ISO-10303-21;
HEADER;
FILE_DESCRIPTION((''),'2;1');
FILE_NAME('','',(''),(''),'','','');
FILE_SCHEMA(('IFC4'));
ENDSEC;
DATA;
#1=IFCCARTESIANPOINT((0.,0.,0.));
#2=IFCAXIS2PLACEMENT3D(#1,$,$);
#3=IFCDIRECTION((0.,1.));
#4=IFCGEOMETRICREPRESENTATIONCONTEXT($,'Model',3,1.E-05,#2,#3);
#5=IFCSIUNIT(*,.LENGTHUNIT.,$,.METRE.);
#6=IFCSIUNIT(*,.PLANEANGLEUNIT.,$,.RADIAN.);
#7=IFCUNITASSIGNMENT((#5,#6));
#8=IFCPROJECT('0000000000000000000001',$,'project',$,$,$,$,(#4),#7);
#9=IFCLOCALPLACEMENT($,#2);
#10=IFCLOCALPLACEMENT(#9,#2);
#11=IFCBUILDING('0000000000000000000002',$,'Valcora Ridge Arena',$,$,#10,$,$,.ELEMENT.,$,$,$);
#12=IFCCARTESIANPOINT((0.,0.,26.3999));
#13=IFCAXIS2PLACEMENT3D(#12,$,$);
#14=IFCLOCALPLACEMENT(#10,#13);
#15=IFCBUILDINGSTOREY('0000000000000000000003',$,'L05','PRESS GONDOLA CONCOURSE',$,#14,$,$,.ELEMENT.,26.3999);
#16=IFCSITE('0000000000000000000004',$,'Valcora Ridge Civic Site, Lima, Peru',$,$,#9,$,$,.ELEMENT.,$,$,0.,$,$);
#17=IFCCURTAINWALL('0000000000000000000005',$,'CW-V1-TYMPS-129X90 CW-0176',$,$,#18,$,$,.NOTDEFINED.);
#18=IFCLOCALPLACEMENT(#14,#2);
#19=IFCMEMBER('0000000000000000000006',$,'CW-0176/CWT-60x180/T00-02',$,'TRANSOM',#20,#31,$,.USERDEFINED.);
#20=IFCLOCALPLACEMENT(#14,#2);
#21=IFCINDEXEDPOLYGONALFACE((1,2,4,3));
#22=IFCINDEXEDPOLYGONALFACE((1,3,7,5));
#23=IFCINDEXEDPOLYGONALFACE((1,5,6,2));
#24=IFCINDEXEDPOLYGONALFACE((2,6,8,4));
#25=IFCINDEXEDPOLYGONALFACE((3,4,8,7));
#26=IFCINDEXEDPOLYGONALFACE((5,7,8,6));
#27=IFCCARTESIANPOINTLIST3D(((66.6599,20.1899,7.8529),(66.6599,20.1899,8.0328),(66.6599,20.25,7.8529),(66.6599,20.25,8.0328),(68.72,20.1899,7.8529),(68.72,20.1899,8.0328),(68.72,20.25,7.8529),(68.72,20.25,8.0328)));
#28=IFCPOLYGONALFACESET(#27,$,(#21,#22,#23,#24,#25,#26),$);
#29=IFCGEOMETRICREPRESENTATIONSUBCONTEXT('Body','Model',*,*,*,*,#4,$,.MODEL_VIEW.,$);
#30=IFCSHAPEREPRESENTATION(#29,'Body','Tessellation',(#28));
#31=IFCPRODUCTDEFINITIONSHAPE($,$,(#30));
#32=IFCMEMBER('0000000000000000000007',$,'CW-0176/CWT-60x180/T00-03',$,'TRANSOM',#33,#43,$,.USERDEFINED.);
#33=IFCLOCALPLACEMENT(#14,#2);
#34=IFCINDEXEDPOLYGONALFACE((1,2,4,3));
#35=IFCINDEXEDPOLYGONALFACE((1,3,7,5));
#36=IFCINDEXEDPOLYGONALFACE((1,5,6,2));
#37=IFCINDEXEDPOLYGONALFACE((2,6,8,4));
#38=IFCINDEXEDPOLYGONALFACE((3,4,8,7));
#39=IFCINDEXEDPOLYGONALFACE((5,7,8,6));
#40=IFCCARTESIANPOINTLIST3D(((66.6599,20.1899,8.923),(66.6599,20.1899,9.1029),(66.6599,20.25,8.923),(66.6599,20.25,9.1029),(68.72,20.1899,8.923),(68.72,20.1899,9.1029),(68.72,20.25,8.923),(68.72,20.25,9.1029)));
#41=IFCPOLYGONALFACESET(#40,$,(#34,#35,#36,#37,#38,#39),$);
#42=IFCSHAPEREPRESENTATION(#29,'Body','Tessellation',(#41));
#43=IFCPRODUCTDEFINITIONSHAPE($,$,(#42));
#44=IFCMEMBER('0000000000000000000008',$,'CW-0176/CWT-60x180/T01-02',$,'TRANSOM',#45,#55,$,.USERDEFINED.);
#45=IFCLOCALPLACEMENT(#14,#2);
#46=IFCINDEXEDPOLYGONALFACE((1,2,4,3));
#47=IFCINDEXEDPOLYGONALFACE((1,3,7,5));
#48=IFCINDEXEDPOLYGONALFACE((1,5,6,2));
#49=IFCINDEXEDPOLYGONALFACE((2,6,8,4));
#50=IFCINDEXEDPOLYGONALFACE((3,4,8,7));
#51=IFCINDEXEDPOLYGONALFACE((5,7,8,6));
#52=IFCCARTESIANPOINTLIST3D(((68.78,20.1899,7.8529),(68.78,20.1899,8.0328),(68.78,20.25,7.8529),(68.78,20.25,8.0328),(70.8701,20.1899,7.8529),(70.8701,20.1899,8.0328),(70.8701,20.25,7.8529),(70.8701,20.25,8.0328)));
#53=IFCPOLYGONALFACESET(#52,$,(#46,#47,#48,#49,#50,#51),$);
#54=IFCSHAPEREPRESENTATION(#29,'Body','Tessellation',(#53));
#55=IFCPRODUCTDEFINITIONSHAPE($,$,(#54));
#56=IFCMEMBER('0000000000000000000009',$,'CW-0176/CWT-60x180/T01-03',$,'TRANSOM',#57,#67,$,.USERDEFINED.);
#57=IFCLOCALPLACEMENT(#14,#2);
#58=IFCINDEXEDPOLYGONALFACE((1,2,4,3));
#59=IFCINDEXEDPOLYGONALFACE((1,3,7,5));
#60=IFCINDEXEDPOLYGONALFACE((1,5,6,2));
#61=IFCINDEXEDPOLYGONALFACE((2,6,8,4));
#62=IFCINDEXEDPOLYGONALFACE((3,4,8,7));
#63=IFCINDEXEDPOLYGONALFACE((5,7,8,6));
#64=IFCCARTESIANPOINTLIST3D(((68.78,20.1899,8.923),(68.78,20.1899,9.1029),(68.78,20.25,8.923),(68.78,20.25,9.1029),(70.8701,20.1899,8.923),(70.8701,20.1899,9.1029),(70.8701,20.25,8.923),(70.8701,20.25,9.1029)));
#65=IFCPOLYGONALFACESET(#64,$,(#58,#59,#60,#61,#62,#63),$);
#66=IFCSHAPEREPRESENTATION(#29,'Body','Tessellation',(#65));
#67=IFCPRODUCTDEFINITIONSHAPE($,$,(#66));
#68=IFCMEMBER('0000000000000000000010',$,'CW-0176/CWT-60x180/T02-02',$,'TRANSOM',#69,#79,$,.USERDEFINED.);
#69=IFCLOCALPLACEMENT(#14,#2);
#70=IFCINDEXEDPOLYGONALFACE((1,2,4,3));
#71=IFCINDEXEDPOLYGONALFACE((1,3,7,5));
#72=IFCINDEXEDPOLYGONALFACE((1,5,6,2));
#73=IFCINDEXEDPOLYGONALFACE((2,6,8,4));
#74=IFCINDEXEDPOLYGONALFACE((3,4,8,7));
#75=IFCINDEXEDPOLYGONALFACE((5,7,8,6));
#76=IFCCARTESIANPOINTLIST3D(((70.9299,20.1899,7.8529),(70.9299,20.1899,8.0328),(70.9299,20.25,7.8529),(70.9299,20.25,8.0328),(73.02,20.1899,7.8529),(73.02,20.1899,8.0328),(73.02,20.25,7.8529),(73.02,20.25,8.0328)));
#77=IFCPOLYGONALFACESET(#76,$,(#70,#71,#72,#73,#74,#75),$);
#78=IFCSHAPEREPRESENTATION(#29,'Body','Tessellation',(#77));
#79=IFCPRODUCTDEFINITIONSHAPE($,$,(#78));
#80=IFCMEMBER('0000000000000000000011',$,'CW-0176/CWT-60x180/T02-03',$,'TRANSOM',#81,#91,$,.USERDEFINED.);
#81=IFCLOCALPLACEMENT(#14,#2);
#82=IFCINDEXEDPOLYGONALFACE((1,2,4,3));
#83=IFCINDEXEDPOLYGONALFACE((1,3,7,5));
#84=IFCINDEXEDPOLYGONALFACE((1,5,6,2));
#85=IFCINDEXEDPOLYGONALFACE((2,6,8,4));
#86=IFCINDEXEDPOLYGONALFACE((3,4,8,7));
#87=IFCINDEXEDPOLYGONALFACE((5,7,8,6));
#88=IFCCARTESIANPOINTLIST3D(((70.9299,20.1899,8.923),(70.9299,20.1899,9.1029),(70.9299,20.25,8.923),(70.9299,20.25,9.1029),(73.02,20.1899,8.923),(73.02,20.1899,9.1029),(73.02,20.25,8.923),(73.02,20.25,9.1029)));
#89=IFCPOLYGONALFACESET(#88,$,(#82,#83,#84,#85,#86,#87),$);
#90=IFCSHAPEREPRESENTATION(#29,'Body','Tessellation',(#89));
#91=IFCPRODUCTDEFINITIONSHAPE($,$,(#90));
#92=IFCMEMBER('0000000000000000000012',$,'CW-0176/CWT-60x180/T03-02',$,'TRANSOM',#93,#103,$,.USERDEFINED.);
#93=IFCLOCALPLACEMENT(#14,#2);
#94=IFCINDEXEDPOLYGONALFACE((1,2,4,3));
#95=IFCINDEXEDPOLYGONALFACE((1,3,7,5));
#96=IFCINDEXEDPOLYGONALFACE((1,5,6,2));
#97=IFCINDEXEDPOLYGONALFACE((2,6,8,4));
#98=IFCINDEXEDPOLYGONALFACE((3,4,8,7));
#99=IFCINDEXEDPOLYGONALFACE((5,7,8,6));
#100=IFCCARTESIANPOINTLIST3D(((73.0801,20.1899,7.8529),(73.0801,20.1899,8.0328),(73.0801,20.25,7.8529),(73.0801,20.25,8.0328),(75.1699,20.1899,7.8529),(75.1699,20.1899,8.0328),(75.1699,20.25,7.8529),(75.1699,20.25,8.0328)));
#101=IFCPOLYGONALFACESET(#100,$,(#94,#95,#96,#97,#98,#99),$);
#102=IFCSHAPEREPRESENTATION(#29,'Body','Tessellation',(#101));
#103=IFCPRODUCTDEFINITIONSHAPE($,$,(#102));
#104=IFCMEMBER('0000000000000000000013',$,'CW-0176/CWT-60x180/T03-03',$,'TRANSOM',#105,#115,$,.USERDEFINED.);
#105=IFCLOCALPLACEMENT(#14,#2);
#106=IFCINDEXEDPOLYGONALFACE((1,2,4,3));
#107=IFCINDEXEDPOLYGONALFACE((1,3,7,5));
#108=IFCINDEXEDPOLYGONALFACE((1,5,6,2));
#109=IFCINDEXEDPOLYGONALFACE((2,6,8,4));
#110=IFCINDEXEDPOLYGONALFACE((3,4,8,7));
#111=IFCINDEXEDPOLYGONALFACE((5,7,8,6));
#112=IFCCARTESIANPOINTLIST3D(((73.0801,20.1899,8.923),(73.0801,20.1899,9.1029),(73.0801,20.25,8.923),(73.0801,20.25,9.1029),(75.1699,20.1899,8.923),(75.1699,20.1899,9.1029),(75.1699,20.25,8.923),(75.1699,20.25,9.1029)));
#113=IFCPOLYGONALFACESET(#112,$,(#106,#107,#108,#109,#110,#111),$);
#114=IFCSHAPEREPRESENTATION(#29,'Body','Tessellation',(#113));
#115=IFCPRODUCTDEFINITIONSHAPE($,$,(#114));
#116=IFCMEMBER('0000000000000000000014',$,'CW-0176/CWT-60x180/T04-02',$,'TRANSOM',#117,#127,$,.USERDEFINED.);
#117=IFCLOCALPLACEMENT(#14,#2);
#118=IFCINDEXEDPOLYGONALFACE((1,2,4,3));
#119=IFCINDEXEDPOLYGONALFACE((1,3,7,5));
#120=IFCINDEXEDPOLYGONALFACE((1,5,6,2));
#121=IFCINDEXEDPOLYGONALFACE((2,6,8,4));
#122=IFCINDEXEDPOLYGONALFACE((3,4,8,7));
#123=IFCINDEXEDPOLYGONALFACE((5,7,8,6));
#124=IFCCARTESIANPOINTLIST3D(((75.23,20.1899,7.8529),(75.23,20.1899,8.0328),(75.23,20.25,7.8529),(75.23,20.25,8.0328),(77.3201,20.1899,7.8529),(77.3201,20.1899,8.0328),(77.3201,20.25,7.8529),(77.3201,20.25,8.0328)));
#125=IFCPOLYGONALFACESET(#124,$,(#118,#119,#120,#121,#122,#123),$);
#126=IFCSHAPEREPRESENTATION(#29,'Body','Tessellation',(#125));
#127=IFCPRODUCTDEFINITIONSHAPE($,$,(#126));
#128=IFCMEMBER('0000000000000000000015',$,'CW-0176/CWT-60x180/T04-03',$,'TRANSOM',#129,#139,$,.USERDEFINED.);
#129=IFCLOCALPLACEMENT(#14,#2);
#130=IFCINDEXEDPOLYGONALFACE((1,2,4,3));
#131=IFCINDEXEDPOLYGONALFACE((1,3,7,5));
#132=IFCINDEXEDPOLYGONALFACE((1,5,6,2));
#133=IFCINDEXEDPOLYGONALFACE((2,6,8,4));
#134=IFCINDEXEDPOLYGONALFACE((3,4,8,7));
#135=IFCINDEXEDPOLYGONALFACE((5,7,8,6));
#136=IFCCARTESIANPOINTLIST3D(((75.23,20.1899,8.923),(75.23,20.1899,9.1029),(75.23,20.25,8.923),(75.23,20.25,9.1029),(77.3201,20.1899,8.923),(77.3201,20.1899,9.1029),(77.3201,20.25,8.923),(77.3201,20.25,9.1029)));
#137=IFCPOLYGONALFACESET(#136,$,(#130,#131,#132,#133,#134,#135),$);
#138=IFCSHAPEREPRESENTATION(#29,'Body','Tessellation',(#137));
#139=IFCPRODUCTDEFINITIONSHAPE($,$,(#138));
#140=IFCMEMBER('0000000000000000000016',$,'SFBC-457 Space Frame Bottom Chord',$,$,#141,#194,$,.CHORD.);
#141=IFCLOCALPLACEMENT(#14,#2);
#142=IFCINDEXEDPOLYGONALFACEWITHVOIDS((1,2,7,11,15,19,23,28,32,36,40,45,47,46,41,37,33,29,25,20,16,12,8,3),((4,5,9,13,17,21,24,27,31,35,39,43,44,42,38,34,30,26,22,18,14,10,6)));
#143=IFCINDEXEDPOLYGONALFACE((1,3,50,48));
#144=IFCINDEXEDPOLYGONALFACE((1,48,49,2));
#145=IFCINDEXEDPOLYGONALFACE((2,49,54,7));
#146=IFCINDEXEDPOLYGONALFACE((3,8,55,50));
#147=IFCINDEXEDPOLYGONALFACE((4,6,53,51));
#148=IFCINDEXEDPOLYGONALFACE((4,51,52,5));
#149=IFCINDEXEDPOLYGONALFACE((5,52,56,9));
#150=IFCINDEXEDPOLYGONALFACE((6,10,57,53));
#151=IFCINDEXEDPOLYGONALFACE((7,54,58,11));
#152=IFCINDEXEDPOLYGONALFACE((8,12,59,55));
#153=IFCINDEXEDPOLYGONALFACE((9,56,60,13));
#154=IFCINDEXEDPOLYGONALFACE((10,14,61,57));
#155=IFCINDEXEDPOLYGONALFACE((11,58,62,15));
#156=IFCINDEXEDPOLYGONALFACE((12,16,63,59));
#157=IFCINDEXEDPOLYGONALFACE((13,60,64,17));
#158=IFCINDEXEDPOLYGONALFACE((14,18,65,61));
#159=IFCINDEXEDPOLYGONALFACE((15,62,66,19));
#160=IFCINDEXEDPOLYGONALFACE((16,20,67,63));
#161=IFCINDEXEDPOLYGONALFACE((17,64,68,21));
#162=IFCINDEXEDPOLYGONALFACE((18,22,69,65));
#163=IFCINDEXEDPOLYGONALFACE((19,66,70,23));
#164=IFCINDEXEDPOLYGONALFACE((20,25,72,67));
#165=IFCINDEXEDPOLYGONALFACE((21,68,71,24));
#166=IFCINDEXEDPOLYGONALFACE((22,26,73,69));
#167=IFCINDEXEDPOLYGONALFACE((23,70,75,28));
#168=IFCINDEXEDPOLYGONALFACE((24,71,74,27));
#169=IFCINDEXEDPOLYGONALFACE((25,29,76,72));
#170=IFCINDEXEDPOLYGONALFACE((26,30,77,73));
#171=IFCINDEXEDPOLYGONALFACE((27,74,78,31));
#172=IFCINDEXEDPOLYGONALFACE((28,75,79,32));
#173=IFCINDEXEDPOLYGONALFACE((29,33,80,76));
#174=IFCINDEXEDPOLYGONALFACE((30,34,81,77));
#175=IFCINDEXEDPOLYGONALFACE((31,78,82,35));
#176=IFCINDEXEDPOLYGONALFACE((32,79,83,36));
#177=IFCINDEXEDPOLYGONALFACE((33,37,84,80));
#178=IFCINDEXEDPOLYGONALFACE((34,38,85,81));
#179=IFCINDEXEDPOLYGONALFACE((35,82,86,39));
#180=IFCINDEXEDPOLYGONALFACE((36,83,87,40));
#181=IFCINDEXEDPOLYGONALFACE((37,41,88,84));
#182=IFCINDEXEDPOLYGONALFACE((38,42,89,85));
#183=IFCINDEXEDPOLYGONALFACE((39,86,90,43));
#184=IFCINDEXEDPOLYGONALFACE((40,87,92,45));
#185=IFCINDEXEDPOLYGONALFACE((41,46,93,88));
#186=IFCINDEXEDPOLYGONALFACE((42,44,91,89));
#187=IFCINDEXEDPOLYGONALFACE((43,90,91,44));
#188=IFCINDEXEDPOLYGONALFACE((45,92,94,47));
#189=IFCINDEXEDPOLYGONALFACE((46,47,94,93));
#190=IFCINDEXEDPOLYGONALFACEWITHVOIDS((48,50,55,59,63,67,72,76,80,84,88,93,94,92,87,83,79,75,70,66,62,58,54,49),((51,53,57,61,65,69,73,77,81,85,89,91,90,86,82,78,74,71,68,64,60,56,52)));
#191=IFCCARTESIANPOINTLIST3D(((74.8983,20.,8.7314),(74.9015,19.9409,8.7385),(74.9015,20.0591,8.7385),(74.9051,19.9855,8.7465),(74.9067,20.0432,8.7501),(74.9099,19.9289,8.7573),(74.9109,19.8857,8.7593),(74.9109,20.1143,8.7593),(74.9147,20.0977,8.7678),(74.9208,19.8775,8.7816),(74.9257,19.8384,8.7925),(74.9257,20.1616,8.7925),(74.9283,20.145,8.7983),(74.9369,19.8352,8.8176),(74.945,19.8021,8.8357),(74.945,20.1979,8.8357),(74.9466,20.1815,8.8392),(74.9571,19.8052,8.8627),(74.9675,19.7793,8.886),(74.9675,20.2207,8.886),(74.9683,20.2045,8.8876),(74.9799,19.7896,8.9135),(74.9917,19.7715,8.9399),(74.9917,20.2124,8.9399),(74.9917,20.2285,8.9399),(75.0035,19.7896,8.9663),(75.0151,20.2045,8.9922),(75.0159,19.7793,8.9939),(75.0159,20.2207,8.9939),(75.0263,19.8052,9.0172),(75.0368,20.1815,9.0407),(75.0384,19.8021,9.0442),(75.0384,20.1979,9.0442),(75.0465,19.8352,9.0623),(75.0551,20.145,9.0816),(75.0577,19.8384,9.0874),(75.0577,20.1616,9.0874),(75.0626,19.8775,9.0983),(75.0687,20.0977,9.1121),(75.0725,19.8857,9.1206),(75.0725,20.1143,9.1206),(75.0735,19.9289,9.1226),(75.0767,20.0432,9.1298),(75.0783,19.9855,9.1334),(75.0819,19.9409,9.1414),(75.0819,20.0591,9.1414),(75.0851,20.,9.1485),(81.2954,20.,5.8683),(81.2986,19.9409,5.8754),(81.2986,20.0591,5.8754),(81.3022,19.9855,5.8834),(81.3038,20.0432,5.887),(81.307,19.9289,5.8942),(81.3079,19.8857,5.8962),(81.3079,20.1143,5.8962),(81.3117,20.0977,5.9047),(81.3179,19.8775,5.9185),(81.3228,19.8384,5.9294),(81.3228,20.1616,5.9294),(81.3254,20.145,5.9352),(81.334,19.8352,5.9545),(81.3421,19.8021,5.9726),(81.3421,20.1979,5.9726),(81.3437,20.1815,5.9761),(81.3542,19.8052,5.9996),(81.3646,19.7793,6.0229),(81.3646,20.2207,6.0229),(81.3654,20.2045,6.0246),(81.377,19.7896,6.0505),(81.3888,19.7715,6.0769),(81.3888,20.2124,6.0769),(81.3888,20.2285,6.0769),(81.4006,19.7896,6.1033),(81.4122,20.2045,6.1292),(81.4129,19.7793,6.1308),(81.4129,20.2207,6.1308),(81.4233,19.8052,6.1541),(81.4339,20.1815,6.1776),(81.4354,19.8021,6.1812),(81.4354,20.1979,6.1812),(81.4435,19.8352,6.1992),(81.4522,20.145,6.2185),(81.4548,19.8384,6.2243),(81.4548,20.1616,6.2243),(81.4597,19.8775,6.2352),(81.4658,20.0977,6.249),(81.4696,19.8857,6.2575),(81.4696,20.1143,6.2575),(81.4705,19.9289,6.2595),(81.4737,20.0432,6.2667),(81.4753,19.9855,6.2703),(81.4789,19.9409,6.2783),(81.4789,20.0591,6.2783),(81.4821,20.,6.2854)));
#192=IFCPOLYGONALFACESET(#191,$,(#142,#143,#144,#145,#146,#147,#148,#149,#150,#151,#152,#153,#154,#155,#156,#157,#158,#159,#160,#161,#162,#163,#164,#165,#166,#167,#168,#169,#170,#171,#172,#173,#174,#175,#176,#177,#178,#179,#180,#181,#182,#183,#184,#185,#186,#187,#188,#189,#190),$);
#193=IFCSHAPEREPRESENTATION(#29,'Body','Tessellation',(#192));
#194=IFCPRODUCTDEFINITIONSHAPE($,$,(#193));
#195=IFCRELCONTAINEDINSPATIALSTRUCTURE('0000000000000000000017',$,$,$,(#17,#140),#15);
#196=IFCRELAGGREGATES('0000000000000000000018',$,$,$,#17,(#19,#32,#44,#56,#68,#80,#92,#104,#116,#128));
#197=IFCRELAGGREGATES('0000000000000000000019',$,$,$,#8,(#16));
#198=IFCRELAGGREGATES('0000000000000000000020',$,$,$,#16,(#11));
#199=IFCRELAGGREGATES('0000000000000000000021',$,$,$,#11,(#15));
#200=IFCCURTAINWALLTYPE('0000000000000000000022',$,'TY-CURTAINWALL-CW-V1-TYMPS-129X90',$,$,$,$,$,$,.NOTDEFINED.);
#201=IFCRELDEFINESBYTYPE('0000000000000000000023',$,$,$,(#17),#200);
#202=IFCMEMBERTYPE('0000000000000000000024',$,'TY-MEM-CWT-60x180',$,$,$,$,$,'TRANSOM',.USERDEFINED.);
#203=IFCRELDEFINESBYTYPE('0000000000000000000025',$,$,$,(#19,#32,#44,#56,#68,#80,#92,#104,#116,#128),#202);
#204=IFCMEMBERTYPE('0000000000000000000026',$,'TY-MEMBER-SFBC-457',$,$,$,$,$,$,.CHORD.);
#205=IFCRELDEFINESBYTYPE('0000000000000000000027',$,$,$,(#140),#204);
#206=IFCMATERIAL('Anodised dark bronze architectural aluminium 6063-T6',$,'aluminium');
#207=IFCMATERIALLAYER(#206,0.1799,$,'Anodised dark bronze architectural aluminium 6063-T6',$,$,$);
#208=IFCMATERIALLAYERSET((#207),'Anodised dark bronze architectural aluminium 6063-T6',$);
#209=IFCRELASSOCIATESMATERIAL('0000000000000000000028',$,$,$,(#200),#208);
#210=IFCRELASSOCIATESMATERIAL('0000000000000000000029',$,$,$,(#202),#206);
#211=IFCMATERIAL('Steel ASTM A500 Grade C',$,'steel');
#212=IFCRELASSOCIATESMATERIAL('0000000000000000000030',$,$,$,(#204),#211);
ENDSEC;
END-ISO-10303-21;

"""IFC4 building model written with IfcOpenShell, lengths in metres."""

from ifc_helpers import new_model, si_unit, direction, frame, origin, origin_2d, place, context, subcontext, project, spatial, rectangle, hollow_circle, extrude, material, layer, layer_set, material_profile, profile_set, type_object, element, aggregate, save


model = new_model("IFC4")

# Units and contexts
model_context = context("Model", 3, precision=1e-05, world=origin(), true_north=direction((0.0, 1.0)))
body_context = subcontext(model_context, "Body", "Model", "MODEL_VIEW")
ifc_project = project(units=[si_unit("LENGTHUNIT", "METRE"), si_unit("PLANEANGLEUNIT", "RADIAN")], contexts=[model_context])

# Site, building, storey
site_placement = place(None, origin())
site = spatial("IfcSite", under=ifc_project, at=site_placement, Name="Valcora Ridge Civic Site, Lima, Peru", CompositionType="ELEMENT", RefElevation=0.0)
building_placement = place(site_placement, origin())
building = spatial("IfcBuilding", under=site, at=building_placement, Name="Valcora Ridge Arena", CompositionType="ELEMENT")
storey_placement = place(building_placement, frame((0.0, 0.0, 26.3999)))
storey = spatial("IfcBuildingStorey", under=building, at=storey_placement, Name="L05", Description="PRESS GONDOLA CONCOURSE", CompositionType="ELEMENT", Elevation=26.3999)

# Curtain wall, members
ifc_material_1 = material(Name="Anodised dark bronze architectural aluminium 6063-T6", Category="aluminium")
ifc_layer_1 = layer(ifc_material_1, 0.1799, Name="Anodised dark bronze architectural aluminium 6063-T6")
ifc_layer_set_1 = layer_set([ifc_layer_1], Name="Anodised dark bronze architectural aluminium 6063-T6")
curtain_wall_type_1 = type_object("IfcCurtainWallType", Name="TY-CURTAINWALL-CW-V1-TYMPS-129X90", PredefinedType="NOTDEFINED", material=ifc_layer_set_1)
curtain_wall_1_placement = place(storey_placement, origin())
curtain_wall_1 = element("IfcCurtainWall", 1, at=curtain_wall_1_placement, inside=storey, type_object=curtain_wall_type_1, Name="CW-V1-TYMPS-129X90 CW-0176", PredefinedType="NOTDEFINED")
ifc_material_profile_1 = material_profile(ifc_material_1, rectangle(XDim=0.0601, YDim=0.1799, at=origin_2d()), Name="ALU TRANSOM 60x180")
ifc_profile_set_1 = profile_set([ifc_material_profile_1], Name="Anodised dark bronze architectural aluminium 6063-T6")
member_type_1 = type_object("IfcMemberType", Name="TY-MEM-CWT-60x180", ElementType="TRANSOM", PredefinedType="USERDEFINED", material=ifc_profile_set_1)
member_1_placement = place(storey_placement, frame((66.6599, 20.22, 7.9429), z_axis=(1.0, 0.0, 0.0), x_axis=(0.0, 1.0, 0.0)))
member_1 = element("IfcMember", 2, at=member_1_placement, type_object=member_type_1, Name="CW-0176/CWT-60x180/T00-02", ObjectType="TRANSOM", PredefinedType="USERDEFINED", context=body_context, shape_type="SweptSolid", body=[
    extrude(rectangle(XDim=0.0601, YDim=0.1799, at=origin_2d()), origin(), (0.0, 0.0, 1.0), 2.0601),
])
member_2_placement = place(storey_placement, frame((66.6599, 20.22, 9.0129), z_axis=(1.0, 0.0, 0.0), x_axis=(0.0, 1.0, 0.0)))
member_2 = element("IfcMember", 3, at=member_2_placement, type_object=member_type_1, Name="CW-0176/CWT-60x180/T00-03", ObjectType="TRANSOM", PredefinedType="USERDEFINED", context=body_context, shape_type="SweptSolid", body=[
    extrude(rectangle(XDim=0.0601, YDim=0.1799, at=origin_2d()), origin(), (0.0, 0.0, 1.0), 2.0601),
])
member_3_placement = place(storey_placement, frame((68.78, 20.22, 7.9429), z_axis=(1.0, 0.0, 0.0), x_axis=(0.0, 1.0, 0.0)))
member_3 = element("IfcMember", 4, at=member_3_placement, type_object=member_type_1, Name="CW-0176/CWT-60x180/T01-02", ObjectType="TRANSOM", PredefinedType="USERDEFINED", context=body_context, shape_type="SweptSolid", body=[
    extrude(rectangle(XDim=0.0601, YDim=0.1799, at=origin_2d()), origin(), (0.0, 0.0, 1.0), 2.0901),
])
member_4_placement = place(storey_placement, frame((68.78, 20.22, 9.0129), z_axis=(1.0, 0.0, 0.0), x_axis=(0.0, 1.0, 0.0)))
member_4 = element("IfcMember", 5, at=member_4_placement, type_object=member_type_1, Name="CW-0176/CWT-60x180/T01-03", ObjectType="TRANSOM", PredefinedType="USERDEFINED", context=body_context, shape_type="SweptSolid", body=[
    extrude(rectangle(XDim=0.0601, YDim=0.1799, at=origin_2d()), origin(), (0.0, 0.0, 1.0), 2.0901),
])
member_5_placement = place(storey_placement, frame((70.9299, 20.22, 7.9429), z_axis=(1.0, 0.0, 0.0), x_axis=(0.0, 1.0, 0.0)))
member_5 = element("IfcMember", 6, at=member_5_placement, type_object=member_type_1, Name="CW-0176/CWT-60x180/T02-02", ObjectType="TRANSOM", PredefinedType="USERDEFINED", context=body_context, shape_type="SweptSolid", body=[
    extrude(rectangle(XDim=0.0601, YDim=0.1799, at=origin_2d()), origin(), (0.0, 0.0, 1.0), 2.0901),
])
member_6_placement = place(storey_placement, frame((70.9299, 20.22, 9.0129), z_axis=(1.0, 0.0, 0.0), x_axis=(0.0, 1.0, 0.0)))
member_6 = element("IfcMember", 7, at=member_6_placement, type_object=member_type_1, Name="CW-0176/CWT-60x180/T02-03", ObjectType="TRANSOM", PredefinedType="USERDEFINED", context=body_context, shape_type="SweptSolid", body=[
    extrude(rectangle(XDim=0.0601, YDim=0.1799, at=origin_2d()), origin(), (0.0, 0.0, 1.0), 2.0901),
])
member_7_placement = place(storey_placement, frame((73.0801, 20.22, 7.9429), z_axis=(1.0, 0.0, 0.0), x_axis=(0.0, 1.0, 0.0)))
member_7 = element("IfcMember", 8, at=member_7_placement, type_object=member_type_1, Name="CW-0176/CWT-60x180/T03-02", ObjectType="TRANSOM", PredefinedType="USERDEFINED", context=body_context, shape_type="SweptSolid", body=[
    extrude(rectangle(XDim=0.0601, YDim=0.1799, at=origin_2d()), origin(), (0.0, 0.0, 1.0), 2.0898),
])
member_8_placement = place(storey_placement, frame((73.0801, 20.22, 9.0129), z_axis=(1.0, 0.0, 0.0), x_axis=(0.0, 1.0, 0.0)))
member_8 = element("IfcMember", 9, at=member_8_placement, type_object=member_type_1, Name="CW-0176/CWT-60x180/T03-03", ObjectType="TRANSOM", PredefinedType="USERDEFINED", context=body_context, shape_type="SweptSolid", body=[
    extrude(rectangle(XDim=0.0601, YDim=0.1799, at=origin_2d()), origin(), (0.0, 0.0, 1.0), 2.0898),
])
member_9_placement = place(storey_placement, frame((75.23, 20.22, 7.9429), z_axis=(1.0, 0.0, 0.0), x_axis=(0.0, 1.0, 0.0)))
member_9 = element("IfcMember", 10, at=member_9_placement, type_object=member_type_1, Name="CW-0176/CWT-60x180/T04-02", ObjectType="TRANSOM", PredefinedType="USERDEFINED", context=body_context, shape_type="SweptSolid", body=[
    extrude(rectangle(XDim=0.0601, YDim=0.1799, at=origin_2d()), origin(), (0.0, 0.0, 1.0), 2.0901),
])
member_10_placement = place(storey_placement, frame((75.23, 20.22, 9.0129), z_axis=(1.0, 0.0, 0.0), x_axis=(0.0, 1.0, 0.0)))
member_10 = element("IfcMember", 11, at=member_10_placement, type_object=member_type_1, Name="CW-0176/CWT-60x180/T04-03", ObjectType="TRANSOM", PredefinedType="USERDEFINED", context=body_context, shape_type="SweptSolid", body=[
    extrude(rectangle(XDim=0.0601, YDim=0.1799, at=origin_2d()), origin(), (0.0, 0.0, 1.0), 2.0901),
])

# Member
ifc_material_2 = material(Name="Steel ASTM A500 Grade C", Category="steel")
ifc_material_profile_2 = material_profile(ifc_material_2, hollow_circle(Radius=0.2285, WallThickness=0.0161, at=origin_2d()), Name="CHS457X16")
ifc_profile_set_2 = profile_set([ifc_material_profile_2], Name="Steel ASTM A500 Grade C")
member_type_2 = type_object("IfcMemberType", Name="TY-MEMBER-SFBC-457", PredefinedType="CHORD", material=ifc_profile_set_2)
member_11_placement = place(storey_placement, frame((74.9917, 20.0, 8.9399), z_axis=(0.912753, 0.0, -0.408513), x_axis=(0.0, 1.0, 0.0)))
element("IfcMember", 12, at=member_11_placement, inside=storey, type_object=member_type_2, Name="SFBC-457 Space Frame Bottom Chord", PredefinedType="CHORD", context=body_context, shape_type="SweptSolid", body=[
    extrude(hollow_circle(Radius=0.2285, WallThickness=0.0161, at=origin_2d()), origin(), (0.0, 0.0, 1.0), 7.0085),
])

aggregate(curtain_wall_1, [member_1, member_2, member_3, member_4, member_5, member_6, member_7, member_8, member_9, member_10])

save(model, "model.ifc")
